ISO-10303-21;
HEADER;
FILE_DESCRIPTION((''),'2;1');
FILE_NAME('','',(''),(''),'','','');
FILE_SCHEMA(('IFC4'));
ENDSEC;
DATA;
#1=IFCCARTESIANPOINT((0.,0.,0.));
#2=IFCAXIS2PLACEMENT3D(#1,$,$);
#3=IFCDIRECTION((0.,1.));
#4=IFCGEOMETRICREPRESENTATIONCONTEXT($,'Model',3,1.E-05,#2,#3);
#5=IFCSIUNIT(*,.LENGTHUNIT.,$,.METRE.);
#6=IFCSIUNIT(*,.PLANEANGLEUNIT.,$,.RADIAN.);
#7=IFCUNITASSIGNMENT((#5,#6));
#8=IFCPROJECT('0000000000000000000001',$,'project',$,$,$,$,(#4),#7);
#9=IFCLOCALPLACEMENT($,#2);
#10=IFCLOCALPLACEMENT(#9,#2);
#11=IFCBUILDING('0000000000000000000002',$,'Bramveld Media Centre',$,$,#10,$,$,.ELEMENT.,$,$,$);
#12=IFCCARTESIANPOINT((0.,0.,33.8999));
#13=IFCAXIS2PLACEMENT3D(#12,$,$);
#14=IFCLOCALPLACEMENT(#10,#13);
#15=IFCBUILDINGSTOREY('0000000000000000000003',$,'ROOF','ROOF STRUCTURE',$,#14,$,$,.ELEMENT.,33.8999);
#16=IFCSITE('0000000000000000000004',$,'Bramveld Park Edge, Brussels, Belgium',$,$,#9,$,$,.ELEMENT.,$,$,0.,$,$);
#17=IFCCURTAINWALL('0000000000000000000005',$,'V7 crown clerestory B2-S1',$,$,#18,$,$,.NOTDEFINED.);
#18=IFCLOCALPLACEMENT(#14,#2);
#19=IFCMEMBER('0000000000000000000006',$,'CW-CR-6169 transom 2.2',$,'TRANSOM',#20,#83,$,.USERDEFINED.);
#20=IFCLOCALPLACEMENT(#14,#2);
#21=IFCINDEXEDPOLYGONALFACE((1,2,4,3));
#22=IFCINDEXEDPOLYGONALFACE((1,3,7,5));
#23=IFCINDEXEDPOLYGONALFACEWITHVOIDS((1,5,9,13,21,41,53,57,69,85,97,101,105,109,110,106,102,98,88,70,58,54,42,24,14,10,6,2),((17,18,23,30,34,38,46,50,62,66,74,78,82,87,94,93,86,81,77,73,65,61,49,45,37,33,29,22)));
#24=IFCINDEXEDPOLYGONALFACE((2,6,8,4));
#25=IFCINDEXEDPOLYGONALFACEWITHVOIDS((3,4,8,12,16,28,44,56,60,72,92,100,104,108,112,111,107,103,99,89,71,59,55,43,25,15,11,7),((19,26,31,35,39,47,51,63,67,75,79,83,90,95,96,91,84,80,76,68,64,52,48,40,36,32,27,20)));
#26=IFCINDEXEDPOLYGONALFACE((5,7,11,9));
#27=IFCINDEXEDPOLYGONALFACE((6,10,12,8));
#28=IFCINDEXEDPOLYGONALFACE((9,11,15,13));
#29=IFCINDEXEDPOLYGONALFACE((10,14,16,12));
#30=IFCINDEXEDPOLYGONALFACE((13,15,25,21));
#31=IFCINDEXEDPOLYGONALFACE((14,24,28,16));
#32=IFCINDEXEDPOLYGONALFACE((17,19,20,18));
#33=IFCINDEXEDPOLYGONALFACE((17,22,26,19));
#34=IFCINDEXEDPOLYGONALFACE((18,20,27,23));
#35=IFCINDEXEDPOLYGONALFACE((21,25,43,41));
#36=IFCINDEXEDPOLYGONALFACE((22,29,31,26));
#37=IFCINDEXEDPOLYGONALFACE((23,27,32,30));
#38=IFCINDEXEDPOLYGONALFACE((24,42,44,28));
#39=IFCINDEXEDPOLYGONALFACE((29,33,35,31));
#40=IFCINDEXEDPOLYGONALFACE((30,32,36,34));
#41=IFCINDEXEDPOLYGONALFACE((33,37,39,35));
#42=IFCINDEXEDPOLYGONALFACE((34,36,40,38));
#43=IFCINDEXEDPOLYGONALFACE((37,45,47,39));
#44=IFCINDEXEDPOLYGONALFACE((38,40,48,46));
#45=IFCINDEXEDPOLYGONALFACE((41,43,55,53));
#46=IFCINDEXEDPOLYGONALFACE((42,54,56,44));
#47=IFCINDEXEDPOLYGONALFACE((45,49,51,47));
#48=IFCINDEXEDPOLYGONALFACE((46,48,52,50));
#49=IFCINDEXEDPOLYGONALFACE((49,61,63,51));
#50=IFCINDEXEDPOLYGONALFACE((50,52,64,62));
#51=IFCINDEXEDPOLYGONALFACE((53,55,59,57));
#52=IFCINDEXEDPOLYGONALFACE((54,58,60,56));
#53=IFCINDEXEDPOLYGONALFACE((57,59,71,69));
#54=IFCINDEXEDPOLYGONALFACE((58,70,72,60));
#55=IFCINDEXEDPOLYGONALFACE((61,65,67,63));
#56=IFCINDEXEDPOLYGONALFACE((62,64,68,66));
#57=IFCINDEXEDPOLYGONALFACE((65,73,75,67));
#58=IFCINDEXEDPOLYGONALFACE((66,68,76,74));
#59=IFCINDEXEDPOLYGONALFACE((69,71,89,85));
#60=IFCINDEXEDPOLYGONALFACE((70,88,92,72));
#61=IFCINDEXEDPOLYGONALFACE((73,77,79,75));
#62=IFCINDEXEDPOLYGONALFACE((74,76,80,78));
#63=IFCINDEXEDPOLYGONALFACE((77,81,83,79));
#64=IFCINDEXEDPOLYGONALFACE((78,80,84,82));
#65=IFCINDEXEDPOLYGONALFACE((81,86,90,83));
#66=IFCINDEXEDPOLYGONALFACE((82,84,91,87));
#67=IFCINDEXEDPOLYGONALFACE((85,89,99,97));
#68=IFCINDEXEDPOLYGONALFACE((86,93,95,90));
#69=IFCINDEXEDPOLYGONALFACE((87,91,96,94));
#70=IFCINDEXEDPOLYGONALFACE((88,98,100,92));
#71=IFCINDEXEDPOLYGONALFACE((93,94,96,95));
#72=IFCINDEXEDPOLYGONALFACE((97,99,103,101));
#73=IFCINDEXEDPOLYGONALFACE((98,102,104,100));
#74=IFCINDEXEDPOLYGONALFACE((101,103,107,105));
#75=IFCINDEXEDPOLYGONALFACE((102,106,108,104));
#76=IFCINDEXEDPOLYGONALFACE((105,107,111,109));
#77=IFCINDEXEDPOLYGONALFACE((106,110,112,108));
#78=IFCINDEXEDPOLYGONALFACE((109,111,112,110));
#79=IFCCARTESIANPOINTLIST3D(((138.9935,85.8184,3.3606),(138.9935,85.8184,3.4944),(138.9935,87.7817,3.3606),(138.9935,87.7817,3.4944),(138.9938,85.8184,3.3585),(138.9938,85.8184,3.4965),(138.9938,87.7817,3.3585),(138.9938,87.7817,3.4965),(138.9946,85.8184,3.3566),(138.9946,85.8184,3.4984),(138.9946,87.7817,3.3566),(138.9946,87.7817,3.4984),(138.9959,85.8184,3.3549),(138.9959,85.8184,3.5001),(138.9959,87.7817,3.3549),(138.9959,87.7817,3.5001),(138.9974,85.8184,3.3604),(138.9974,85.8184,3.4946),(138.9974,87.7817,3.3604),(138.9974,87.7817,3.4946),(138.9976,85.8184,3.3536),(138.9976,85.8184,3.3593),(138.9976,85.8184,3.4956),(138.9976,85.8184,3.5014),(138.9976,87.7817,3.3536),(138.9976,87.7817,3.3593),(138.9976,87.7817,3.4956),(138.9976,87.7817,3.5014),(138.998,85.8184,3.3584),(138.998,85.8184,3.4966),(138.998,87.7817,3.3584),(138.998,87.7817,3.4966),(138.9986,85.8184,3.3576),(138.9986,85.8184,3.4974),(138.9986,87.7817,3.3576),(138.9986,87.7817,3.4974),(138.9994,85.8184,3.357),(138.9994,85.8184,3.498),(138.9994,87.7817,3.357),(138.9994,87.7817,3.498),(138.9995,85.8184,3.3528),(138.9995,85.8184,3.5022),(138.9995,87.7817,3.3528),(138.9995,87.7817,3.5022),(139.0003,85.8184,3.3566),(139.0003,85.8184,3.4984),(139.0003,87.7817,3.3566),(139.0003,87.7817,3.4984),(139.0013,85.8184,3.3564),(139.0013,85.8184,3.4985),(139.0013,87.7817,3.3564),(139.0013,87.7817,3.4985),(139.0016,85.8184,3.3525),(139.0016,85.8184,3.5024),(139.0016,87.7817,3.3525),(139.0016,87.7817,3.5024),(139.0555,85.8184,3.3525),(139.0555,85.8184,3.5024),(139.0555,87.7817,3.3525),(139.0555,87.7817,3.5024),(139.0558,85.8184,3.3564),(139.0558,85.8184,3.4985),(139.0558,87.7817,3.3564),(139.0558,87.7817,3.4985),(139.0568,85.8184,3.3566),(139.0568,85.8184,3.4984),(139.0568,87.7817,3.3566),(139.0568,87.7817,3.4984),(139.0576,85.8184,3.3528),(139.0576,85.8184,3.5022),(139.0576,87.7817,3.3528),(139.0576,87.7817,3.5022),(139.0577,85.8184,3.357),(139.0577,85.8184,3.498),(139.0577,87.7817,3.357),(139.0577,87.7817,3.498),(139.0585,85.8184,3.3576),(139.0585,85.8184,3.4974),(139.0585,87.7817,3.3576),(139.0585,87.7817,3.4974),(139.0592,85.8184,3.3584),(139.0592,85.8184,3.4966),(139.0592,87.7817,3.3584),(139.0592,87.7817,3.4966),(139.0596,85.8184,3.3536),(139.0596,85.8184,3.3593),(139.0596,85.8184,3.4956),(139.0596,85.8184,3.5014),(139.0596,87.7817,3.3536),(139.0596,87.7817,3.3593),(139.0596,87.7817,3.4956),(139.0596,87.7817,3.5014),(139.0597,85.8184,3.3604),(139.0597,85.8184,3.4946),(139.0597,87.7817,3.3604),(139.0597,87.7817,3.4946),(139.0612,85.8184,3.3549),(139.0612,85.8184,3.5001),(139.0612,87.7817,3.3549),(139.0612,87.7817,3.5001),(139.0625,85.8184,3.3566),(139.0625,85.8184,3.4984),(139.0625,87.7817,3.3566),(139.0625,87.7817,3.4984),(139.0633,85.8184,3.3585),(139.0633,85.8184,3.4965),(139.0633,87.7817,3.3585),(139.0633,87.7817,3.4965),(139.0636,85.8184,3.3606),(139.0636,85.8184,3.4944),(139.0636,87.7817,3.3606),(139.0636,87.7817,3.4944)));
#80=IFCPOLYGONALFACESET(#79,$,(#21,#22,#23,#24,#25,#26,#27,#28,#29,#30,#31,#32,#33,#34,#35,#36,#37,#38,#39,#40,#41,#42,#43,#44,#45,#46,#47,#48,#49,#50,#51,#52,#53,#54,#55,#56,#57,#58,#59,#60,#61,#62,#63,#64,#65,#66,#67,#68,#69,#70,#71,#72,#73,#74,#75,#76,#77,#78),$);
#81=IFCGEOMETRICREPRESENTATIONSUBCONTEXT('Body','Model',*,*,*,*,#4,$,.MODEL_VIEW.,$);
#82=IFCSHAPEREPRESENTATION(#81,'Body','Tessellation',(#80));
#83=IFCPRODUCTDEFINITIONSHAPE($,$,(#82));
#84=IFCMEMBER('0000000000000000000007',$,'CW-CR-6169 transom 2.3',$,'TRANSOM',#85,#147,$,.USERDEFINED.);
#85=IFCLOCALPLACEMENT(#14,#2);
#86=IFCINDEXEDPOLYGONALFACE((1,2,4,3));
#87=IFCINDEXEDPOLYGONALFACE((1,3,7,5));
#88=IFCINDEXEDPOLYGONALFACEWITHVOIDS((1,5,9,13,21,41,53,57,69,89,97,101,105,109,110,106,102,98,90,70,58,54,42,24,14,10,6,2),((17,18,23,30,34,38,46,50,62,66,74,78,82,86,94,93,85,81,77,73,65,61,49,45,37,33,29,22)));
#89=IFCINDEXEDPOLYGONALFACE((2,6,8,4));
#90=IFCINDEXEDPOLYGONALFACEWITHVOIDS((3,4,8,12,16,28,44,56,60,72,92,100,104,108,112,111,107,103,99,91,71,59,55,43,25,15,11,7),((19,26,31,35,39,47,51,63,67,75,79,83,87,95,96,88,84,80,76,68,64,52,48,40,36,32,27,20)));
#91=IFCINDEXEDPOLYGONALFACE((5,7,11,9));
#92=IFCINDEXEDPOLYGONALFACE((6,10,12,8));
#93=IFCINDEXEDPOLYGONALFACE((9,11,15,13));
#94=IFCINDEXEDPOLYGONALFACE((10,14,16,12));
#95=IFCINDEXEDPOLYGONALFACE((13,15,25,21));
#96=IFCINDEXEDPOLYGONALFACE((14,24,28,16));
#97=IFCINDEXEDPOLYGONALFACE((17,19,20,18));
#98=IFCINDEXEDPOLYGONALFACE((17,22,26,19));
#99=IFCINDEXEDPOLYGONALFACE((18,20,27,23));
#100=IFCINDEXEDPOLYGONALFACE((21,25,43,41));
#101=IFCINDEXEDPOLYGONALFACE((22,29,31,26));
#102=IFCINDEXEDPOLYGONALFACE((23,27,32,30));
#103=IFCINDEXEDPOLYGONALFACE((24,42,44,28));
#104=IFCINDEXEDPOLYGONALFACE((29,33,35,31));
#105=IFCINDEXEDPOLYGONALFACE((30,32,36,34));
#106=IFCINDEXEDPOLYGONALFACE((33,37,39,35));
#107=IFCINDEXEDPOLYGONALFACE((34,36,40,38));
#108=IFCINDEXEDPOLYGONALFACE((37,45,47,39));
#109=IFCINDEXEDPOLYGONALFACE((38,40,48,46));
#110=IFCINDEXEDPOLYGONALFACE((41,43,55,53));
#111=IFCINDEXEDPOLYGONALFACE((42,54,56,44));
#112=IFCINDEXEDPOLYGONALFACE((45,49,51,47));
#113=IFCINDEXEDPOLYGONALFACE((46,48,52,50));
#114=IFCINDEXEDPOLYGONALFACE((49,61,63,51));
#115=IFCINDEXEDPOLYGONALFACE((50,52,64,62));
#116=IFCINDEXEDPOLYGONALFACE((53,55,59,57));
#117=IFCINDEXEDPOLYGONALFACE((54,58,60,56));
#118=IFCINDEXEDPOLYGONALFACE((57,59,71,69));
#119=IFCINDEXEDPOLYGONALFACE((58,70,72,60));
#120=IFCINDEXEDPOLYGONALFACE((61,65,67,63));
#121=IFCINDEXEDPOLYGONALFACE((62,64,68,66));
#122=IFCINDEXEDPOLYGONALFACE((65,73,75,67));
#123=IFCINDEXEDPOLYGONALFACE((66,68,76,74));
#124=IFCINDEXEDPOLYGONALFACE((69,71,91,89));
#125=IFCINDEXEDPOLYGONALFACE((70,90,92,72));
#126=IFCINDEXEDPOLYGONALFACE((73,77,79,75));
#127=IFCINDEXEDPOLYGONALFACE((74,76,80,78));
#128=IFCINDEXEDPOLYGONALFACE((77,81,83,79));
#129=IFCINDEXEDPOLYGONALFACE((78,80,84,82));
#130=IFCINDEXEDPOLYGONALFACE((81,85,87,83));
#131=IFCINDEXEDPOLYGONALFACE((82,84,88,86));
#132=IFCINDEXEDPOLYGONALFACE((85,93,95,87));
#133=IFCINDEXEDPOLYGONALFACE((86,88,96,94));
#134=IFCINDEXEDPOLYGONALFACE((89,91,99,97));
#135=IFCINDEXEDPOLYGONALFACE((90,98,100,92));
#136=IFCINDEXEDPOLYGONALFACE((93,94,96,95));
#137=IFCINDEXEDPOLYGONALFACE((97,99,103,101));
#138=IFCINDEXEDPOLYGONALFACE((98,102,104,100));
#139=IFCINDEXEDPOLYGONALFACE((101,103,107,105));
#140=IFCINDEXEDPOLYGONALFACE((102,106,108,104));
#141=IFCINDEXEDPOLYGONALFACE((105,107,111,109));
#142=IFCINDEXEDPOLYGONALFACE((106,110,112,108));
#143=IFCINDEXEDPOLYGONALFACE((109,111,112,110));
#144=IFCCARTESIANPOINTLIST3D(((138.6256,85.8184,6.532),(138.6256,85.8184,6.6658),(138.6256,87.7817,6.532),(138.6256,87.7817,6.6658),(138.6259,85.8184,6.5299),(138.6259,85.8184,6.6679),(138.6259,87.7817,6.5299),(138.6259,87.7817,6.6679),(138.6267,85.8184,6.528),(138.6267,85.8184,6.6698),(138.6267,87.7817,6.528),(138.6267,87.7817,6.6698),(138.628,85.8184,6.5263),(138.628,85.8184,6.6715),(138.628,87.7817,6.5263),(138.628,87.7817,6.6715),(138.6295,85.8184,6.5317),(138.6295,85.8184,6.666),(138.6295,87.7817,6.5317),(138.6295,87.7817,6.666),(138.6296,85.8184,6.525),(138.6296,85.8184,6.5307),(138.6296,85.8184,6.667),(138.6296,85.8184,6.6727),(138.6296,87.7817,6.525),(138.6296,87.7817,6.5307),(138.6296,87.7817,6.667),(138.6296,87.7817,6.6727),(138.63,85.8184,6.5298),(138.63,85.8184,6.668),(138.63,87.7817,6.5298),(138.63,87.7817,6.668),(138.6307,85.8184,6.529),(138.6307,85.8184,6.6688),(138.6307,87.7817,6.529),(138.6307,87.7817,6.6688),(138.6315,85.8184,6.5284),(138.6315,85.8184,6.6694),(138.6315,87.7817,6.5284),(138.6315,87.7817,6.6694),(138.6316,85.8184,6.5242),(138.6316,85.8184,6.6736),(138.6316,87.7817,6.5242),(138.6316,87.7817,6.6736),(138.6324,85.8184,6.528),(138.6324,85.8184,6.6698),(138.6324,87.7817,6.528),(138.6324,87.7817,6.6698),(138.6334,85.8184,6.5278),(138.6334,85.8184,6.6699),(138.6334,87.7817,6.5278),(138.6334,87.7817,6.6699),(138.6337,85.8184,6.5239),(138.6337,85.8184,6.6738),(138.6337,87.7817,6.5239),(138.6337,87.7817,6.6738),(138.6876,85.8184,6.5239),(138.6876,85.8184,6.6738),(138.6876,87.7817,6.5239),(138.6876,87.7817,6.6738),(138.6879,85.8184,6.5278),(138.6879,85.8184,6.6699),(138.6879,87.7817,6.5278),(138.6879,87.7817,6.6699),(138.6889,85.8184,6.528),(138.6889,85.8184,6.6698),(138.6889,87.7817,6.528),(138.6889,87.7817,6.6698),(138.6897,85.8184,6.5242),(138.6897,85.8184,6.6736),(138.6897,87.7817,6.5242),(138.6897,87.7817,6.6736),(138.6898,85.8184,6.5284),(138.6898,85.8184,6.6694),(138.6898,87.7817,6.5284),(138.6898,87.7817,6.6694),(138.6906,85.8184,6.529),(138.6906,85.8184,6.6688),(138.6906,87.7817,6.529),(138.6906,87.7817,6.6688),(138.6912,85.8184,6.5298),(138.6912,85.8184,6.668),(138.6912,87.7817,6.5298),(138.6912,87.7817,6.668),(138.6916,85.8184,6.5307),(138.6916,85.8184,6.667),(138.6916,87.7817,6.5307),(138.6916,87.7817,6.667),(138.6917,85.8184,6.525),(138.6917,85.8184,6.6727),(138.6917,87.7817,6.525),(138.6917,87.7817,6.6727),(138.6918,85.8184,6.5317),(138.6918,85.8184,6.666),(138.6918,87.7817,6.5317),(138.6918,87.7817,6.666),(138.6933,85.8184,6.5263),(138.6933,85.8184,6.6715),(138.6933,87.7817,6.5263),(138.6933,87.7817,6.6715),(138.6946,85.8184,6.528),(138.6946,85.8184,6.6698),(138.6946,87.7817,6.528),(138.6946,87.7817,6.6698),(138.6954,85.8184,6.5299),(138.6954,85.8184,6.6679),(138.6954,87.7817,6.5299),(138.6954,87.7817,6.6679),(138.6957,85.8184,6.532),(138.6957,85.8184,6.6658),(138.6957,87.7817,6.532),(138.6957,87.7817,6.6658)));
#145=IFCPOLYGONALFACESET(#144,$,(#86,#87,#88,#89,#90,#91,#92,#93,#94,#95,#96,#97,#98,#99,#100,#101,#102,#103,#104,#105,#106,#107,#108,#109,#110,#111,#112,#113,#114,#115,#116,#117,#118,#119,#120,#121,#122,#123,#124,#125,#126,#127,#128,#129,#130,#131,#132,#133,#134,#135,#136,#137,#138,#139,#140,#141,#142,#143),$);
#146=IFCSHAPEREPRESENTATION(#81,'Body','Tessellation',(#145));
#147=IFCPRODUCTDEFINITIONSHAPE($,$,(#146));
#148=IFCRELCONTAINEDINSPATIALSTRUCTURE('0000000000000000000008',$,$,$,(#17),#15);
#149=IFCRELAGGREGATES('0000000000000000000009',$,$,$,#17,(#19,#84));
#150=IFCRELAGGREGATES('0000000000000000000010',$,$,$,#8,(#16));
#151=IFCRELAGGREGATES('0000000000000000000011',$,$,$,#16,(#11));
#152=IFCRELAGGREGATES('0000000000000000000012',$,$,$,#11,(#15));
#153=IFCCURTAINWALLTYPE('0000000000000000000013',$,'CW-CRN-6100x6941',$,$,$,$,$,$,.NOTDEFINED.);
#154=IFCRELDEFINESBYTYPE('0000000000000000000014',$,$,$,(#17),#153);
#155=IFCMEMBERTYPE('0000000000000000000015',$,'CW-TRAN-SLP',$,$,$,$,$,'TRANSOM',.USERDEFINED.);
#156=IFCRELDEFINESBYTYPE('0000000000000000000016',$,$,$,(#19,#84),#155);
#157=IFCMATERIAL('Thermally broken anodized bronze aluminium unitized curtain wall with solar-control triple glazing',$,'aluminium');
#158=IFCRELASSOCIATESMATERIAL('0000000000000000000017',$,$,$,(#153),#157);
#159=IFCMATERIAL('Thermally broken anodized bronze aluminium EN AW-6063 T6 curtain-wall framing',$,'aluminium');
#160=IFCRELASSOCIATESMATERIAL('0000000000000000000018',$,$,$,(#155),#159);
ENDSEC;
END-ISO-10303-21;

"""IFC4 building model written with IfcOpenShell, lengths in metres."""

from ifc_helpers import new_model, si_unit, direction, frame, origin, origin_2d, place, context, subcontext, project, spatial, hollow_rectangle, extrude, material, material_profile, profile_set, type_object, element, aggregate, save


model = new_model("IFC4")

# Units and contexts
model_context = context("Model", 3, precision=1e-05, world=origin(), true_north=direction((0.0, 1.0)))
body_context = subcontext(model_context, "Body", "Model", "MODEL_VIEW")
ifc_project = project(units=[si_unit("LENGTHUNIT", "METRE"), si_unit("PLANEANGLEUNIT", "RADIAN")], contexts=[model_context])

# Site, building, storey
site_placement = place(None, origin())
site = spatial("IfcSite", under=ifc_project, at=site_placement, Name="Bramveld Park Edge, Brussels, Belgium", CompositionType="ELEMENT", RefElevation=0.0)
building_placement = place(site_placement, origin())
building = spatial("IfcBuilding", under=site, at=building_placement, Name="Bramveld Media Centre", CompositionType="ELEMENT")
storey_placement = place(building_placement, frame((0.0, 0.0, 33.8999)))
storey = spatial("IfcBuildingStorey", under=building, at=storey_placement, Name="ROOF", Description="ROOF STRUCTURE", CompositionType="ELEMENT", Elevation=33.8999)

# Curtain wall, members
ifc_material_1 = material(Name="Thermally broken anodized bronze aluminium unitized curtain wall with solar-control triple glazing", Category="aluminium")
curtain_wall_type = type_object("IfcCurtainWallType", Name="CW-CRN-6100x6941", PredefinedType="NOTDEFINED", material=ifc_material_1)
ifc_material_2 = material(Name="Thermally broken anodized bronze aluminium EN AW-6063 T6 curtain-wall framing", Category="aluminium")
ifc_material_profile_1 = material_profile(ifc_material_2, hollow_rectangle(XDim=0.0701, YDim=0.1499, WallThickness=0.0039, InnerFilletRadius=0.0039, OuterFilletRadius=0.0081, at=origin_2d()), Name="AL-TRAN 70x150")
ifc_profile_set_1 = profile_set([ifc_material_profile_1], Name="Thermally broken anodized bronze aluminium EN AW-6063 T6 curtain-wall framing")
member_type_1 = type_object("IfcMemberType", Name="CW-TRAN-SLP", ElementType="TRANSOM", PredefinedType="USERDEFINED", material=ifc_profile_set_1)
curtain_wall_1_placement = place(storey_placement, origin())
curtain_wall_1 = element("IfcCurtainWall", 1, at=curtain_wall_1_placement, inside=storey, type_object=curtain_wall_type, Name="V7 crown clerestory B2-S1", PredefinedType="NOTDEFINED")
member_1_placement = place(storey_placement, frame((139.0286, 85.8184, 3.4275), z_axis=(0.0, 1.0, 0.0), x_axis=(-1.0, 0.0, 0.0)))
member_1 = element("IfcMember", 2, at=member_1_placement, type_object=member_type_1, Name="CW-CR-6169 transom 2.2", ObjectType="TRANSOM", PredefinedType="USERDEFINED", context=body_context, shape_type="SweptSolid", body=[
    extrude(hollow_rectangle(XDim=0.0701, YDim=0.1499, WallThickness=0.0039, InnerFilletRadius=0.0039, OuterFilletRadius=0.0081, at=origin_2d()), origin(), (0.0, 0.0, 1.0), 1.9634),
])
member_2_placement = place(storey_placement, frame((138.6606, 85.8184, 6.5989), z_axis=(0.0, 1.0, 0.0), x_axis=(-1.0, 0.0, 0.0)))
member_2 = element("IfcMember", 3, at=member_2_placement, type_object=member_type_1, Name="CW-CR-6169 transom 2.3", ObjectType="TRANSOM", PredefinedType="USERDEFINED", context=body_context, shape_type="SweptSolid", body=[
    extrude(hollow_rectangle(XDim=0.0701, YDim=0.1499, WallThickness=0.0039, InnerFilletRadius=0.0039, OuterFilletRadius=0.0081, at=origin_2d()), origin(), (0.0, 0.0, 1.0), 1.9634),
])

aggregate(curtain_wall_1, [member_1, member_2])

save(model, "model.ifc")
